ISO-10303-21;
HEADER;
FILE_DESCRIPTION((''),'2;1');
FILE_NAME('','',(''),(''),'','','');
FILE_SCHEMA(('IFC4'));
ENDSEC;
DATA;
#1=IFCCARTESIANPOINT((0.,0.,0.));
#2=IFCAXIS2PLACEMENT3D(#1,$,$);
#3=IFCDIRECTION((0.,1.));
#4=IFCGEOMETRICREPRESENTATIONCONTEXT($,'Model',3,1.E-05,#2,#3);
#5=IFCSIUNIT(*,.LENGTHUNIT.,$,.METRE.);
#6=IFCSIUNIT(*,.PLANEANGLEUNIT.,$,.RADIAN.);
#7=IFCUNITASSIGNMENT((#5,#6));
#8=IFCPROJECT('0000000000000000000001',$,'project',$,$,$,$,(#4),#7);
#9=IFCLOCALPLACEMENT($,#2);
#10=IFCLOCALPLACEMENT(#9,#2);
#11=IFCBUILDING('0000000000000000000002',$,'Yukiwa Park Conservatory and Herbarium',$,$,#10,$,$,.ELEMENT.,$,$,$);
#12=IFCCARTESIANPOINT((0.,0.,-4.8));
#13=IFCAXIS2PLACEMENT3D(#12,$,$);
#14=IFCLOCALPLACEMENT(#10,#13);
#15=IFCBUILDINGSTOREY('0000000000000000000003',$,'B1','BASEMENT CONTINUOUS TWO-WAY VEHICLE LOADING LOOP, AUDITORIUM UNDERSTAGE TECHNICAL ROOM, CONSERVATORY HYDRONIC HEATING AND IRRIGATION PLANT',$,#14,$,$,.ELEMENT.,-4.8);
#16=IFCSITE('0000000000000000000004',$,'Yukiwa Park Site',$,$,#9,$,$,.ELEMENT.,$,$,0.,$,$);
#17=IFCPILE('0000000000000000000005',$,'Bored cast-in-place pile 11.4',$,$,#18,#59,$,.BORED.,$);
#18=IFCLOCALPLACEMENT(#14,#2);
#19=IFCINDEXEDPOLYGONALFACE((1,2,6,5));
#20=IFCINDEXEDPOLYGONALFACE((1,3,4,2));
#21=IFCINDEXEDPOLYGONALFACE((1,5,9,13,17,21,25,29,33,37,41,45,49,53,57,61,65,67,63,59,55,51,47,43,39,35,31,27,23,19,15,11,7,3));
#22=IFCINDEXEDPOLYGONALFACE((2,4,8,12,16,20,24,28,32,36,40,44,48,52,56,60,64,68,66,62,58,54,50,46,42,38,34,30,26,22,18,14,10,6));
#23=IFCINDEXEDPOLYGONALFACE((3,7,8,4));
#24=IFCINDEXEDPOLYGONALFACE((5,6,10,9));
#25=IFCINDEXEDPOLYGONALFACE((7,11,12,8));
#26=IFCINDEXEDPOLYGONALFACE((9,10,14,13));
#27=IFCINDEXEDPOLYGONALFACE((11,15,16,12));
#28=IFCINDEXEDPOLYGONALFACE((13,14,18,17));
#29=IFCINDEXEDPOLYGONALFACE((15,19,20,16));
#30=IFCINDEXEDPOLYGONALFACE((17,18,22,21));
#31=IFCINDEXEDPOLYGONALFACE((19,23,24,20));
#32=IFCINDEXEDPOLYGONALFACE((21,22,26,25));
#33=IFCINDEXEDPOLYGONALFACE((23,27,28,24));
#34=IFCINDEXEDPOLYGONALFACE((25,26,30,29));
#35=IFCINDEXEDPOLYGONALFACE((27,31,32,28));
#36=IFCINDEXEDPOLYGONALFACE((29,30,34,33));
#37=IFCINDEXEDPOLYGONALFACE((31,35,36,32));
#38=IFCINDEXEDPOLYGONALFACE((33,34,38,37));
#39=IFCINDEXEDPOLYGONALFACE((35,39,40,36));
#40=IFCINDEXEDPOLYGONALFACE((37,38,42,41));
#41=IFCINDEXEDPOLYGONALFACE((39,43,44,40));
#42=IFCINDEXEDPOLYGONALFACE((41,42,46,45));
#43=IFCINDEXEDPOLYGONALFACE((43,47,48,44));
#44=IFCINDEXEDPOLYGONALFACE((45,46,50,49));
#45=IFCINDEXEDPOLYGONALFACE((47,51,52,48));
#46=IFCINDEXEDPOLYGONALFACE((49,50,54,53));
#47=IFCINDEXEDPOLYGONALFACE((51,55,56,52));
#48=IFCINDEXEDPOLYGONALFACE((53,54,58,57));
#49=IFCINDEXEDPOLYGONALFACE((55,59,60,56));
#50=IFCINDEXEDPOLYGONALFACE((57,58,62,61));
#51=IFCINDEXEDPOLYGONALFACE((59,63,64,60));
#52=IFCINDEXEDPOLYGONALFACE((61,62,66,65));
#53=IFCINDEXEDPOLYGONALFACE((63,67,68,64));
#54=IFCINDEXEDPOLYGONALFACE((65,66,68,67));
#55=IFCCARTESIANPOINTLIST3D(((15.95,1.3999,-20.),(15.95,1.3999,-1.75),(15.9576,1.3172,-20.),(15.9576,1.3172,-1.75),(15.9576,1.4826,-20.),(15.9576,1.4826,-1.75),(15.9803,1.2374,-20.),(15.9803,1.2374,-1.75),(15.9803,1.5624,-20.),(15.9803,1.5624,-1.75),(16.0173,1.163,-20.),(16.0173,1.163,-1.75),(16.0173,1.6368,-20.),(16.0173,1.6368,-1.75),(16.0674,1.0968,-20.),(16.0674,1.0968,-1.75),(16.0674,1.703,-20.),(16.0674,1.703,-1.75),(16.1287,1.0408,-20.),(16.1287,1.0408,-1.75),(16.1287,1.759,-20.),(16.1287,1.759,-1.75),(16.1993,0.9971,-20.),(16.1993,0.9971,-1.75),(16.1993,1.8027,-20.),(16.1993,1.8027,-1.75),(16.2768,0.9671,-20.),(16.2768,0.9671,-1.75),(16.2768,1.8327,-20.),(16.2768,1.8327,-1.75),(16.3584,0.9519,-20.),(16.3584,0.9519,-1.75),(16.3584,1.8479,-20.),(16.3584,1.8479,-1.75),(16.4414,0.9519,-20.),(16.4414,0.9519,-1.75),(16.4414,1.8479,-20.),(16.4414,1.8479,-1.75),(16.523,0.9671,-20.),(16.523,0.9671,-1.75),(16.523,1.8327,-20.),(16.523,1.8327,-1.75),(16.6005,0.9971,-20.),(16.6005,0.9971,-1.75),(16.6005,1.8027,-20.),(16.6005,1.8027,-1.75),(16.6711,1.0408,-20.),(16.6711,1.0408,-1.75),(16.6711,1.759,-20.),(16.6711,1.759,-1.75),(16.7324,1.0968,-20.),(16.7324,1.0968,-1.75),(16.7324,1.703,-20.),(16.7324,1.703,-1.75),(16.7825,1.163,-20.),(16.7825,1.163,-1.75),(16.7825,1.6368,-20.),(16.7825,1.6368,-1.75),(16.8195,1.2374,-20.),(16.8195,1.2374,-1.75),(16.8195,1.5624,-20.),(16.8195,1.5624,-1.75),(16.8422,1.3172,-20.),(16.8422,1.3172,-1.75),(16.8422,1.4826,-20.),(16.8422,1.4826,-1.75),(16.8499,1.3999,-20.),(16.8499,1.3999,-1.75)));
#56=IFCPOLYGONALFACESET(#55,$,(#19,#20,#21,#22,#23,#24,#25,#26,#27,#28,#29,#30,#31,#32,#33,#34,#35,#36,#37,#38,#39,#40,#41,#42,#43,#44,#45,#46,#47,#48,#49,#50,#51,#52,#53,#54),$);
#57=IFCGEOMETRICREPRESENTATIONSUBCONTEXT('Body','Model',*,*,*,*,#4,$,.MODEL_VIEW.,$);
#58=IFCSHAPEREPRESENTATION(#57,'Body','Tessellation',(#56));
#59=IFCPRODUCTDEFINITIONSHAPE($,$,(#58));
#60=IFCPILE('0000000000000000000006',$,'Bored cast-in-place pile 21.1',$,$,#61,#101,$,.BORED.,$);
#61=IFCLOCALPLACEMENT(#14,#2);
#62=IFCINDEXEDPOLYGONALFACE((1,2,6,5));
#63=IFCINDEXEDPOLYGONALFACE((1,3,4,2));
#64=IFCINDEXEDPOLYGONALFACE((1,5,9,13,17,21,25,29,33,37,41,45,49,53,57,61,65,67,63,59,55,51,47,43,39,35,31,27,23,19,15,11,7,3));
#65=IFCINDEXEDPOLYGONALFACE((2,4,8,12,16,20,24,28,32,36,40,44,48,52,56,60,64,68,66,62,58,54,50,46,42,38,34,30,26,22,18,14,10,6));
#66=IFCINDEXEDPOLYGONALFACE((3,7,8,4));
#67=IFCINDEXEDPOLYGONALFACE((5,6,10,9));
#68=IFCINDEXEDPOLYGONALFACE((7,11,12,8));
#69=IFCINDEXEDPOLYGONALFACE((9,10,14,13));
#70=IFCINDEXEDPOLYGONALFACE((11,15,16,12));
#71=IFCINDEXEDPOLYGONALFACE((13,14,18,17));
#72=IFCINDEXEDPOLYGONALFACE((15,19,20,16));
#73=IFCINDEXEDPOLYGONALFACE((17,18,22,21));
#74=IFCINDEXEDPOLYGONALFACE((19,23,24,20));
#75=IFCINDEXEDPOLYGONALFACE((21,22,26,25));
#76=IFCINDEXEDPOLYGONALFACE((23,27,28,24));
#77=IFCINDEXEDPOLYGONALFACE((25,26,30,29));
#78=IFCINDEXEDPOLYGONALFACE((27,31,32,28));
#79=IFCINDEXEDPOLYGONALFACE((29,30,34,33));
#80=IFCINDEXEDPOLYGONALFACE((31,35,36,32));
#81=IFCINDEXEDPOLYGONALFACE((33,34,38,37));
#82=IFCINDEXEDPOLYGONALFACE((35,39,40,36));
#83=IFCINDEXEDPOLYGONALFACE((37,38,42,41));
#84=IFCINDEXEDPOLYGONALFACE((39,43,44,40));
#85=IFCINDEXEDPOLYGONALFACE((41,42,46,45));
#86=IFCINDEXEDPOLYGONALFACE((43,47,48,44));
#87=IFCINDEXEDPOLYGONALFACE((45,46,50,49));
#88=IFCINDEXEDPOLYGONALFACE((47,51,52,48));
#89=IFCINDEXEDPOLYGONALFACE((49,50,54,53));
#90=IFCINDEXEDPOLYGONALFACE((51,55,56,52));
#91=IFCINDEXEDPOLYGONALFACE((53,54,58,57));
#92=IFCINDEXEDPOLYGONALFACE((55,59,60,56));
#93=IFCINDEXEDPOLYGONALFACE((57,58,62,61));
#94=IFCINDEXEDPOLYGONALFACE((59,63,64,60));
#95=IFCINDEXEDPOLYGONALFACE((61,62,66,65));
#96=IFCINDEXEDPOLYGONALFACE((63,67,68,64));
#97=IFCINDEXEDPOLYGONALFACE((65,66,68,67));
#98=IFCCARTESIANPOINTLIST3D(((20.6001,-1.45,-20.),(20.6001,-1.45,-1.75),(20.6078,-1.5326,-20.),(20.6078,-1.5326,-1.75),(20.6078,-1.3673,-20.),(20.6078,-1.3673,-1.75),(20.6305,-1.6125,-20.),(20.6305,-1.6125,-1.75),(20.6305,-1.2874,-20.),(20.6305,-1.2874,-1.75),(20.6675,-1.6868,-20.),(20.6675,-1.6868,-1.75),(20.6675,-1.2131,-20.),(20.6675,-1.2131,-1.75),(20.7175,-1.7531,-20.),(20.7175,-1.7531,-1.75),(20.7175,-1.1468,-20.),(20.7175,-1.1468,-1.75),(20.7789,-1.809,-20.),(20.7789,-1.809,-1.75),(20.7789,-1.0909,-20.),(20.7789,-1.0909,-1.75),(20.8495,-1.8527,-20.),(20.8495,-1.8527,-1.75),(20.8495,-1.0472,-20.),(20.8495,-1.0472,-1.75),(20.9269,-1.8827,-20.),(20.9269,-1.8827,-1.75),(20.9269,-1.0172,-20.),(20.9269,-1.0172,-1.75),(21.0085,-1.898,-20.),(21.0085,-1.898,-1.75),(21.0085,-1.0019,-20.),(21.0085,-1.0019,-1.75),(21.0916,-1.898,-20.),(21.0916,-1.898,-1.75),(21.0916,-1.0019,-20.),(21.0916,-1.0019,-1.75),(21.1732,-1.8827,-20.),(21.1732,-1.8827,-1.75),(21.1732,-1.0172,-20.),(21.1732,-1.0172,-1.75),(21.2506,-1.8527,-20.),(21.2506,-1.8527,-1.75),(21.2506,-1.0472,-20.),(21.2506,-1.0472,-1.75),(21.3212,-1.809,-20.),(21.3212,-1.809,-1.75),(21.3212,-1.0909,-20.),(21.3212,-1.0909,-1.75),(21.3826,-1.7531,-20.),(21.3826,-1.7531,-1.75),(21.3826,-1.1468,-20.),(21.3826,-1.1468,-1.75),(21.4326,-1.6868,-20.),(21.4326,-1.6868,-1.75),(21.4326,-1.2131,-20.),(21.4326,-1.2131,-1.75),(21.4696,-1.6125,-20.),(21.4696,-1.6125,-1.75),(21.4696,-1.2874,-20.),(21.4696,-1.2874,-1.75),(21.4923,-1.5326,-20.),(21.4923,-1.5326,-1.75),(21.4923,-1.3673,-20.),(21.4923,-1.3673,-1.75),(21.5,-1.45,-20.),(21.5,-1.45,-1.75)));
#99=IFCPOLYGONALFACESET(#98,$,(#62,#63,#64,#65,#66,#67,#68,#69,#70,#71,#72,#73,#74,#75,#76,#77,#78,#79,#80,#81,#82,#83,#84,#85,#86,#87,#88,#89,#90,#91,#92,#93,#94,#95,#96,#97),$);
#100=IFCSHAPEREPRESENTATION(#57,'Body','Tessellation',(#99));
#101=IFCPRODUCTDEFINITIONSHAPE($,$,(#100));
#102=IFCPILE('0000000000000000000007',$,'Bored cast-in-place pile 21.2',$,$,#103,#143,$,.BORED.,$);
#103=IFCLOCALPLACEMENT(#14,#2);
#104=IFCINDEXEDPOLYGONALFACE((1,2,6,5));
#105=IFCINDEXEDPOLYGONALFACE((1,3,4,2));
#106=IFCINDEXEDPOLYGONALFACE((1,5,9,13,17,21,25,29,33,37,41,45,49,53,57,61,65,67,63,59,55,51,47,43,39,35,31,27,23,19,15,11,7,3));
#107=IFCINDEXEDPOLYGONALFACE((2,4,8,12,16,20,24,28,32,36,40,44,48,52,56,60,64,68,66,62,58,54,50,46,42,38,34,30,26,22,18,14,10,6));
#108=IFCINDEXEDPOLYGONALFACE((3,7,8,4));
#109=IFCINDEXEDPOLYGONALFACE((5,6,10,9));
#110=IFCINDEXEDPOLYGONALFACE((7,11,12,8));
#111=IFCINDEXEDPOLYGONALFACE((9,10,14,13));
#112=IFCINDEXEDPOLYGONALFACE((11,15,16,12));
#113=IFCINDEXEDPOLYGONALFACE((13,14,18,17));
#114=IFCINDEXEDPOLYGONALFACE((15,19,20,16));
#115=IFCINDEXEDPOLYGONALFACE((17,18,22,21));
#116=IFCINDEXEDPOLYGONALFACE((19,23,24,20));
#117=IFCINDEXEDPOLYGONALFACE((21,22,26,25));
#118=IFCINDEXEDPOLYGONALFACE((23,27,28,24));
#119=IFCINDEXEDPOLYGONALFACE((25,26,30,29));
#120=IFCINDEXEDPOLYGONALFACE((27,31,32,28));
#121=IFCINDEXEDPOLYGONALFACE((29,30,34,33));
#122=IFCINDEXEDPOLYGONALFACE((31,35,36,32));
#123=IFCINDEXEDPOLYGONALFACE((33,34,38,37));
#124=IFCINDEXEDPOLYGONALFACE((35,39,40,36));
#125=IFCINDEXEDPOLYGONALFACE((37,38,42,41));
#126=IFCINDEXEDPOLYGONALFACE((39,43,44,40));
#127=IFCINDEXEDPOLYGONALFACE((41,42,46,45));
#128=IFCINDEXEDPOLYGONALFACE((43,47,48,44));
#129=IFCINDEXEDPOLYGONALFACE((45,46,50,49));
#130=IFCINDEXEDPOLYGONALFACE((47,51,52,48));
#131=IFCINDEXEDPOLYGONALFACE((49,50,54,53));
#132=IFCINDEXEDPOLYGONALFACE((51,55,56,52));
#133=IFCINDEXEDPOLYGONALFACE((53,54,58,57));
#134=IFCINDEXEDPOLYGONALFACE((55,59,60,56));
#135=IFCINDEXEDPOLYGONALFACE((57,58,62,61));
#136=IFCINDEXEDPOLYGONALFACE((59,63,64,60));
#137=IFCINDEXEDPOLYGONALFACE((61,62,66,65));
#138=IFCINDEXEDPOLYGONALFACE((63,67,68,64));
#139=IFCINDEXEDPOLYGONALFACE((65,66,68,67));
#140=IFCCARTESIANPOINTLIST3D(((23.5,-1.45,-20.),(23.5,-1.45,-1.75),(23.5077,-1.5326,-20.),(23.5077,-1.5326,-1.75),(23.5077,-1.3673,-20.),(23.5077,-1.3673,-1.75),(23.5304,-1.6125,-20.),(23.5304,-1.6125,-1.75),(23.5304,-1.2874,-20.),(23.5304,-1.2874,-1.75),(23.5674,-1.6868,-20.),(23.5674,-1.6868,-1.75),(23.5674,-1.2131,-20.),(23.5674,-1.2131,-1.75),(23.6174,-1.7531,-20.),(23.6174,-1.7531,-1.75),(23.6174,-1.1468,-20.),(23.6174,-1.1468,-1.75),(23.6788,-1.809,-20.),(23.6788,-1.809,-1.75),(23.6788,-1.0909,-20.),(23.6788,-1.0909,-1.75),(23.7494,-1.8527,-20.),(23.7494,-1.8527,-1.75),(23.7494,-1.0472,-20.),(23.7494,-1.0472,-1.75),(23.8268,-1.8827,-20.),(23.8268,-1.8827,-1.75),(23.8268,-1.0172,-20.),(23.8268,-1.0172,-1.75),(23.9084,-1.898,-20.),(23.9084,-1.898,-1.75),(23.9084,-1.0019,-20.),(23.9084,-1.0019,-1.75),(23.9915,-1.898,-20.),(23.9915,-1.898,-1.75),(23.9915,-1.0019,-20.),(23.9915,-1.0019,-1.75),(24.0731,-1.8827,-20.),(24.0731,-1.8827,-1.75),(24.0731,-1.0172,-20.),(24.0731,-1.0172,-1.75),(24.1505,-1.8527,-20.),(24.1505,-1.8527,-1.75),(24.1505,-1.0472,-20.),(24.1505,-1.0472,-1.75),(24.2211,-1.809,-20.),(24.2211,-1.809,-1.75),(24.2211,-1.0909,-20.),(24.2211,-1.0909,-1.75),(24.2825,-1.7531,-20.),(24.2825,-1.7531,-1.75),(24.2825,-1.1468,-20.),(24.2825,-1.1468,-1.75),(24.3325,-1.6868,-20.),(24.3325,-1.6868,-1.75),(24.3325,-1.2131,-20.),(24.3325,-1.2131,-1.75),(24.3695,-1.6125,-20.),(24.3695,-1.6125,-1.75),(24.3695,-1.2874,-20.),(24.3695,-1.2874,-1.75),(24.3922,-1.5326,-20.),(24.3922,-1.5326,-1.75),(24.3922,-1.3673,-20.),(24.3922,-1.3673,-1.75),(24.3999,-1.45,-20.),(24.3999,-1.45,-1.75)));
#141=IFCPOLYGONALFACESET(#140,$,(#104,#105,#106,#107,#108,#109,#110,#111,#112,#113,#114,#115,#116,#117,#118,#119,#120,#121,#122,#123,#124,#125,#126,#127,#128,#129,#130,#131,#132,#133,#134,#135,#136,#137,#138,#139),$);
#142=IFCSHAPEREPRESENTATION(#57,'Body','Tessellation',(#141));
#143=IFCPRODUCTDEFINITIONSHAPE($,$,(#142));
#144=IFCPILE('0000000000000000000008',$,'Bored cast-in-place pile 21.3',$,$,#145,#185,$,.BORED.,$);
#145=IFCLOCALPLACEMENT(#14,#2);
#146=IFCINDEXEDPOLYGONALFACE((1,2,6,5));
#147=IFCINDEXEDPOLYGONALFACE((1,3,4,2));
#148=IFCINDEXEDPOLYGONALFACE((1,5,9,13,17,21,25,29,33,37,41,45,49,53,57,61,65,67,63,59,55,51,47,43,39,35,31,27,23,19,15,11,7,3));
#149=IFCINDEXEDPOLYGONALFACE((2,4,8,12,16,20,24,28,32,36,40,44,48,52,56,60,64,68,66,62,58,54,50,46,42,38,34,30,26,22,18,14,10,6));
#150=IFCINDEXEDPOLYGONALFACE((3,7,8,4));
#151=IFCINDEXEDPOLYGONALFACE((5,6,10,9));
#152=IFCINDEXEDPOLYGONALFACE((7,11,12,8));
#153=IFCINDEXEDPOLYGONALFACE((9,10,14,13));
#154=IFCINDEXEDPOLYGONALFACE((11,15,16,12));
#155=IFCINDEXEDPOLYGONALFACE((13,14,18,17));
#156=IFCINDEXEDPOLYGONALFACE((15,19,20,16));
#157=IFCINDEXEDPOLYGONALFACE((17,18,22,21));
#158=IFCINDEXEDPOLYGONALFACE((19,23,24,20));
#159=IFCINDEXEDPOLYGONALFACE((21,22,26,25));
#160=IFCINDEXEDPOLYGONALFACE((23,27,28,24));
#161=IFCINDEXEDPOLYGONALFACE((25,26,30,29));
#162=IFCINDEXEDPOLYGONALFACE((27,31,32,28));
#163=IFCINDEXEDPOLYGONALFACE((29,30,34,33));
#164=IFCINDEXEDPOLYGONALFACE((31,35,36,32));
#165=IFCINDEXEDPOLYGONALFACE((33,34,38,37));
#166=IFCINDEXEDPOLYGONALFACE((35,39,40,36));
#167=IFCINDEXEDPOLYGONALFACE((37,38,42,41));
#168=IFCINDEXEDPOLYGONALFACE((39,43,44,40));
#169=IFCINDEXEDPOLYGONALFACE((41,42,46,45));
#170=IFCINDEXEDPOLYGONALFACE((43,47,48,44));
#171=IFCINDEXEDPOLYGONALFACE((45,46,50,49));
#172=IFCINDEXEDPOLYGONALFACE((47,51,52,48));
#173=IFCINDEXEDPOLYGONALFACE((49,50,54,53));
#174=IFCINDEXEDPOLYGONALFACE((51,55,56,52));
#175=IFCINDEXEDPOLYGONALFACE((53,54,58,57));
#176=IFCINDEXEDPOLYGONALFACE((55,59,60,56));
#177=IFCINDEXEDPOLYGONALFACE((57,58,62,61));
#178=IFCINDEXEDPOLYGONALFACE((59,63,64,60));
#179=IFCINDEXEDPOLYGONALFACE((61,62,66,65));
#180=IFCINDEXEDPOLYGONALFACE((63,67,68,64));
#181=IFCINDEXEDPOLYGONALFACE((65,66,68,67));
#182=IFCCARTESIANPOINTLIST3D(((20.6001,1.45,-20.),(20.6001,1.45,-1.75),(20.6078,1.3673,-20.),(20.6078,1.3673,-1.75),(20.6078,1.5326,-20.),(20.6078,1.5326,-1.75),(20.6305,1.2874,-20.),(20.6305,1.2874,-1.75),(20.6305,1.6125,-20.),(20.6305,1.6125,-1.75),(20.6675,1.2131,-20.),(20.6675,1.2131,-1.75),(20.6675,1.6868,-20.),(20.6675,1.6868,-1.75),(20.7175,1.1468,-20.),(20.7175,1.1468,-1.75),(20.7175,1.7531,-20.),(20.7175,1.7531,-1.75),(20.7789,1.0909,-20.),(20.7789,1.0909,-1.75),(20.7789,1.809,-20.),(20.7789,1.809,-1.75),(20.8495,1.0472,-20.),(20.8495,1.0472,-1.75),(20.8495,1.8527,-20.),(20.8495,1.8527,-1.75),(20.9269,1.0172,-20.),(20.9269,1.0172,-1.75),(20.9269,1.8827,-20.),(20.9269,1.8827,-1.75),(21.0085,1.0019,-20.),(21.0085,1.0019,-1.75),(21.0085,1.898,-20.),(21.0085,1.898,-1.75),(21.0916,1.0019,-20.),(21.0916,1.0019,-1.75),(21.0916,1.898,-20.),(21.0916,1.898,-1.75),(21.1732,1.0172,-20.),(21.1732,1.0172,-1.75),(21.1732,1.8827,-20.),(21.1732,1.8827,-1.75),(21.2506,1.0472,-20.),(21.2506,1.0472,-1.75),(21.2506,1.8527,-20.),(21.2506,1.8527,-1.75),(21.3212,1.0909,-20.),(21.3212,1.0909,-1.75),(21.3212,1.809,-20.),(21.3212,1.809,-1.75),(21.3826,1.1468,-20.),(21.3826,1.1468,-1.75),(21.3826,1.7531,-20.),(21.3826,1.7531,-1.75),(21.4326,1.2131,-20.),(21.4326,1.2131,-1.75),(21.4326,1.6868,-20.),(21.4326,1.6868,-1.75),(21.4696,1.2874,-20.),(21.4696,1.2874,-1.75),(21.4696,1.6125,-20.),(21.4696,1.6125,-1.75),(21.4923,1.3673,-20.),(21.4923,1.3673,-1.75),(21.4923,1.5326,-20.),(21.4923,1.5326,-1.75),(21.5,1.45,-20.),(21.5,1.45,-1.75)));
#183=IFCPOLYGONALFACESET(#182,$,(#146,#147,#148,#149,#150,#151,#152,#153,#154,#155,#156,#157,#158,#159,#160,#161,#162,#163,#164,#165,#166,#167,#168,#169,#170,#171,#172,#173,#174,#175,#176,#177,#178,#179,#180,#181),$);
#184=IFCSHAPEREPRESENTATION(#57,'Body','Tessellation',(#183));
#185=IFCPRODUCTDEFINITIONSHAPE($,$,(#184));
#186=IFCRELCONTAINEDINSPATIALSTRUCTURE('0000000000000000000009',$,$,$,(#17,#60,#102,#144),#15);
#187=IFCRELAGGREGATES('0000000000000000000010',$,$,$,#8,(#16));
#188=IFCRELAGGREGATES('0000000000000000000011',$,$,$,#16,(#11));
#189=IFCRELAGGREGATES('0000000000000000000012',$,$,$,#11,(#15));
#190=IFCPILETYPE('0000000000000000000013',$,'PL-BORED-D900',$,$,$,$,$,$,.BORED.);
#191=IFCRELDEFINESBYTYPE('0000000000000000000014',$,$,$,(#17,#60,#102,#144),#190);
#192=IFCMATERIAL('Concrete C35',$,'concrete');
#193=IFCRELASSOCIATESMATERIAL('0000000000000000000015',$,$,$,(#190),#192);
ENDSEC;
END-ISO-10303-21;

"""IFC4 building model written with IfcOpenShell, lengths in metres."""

from ifc_helpers import new_model, si_unit, direction, frame, origin, origin_2d, place, context, subcontext, project, spatial, circle, extrude, material, material_profile, profile_set, type_object, element, save


model = new_model("IFC4")

# Units and contexts
model_context = context("Model", 3, precision=1e-05, world=origin(), true_north=direction((0.0, 1.0)))
body_context = subcontext(model_context, "Body", "Model", "MODEL_VIEW")
ifc_project = project(units=[si_unit("LENGTHUNIT", "METRE"), si_unit("PLANEANGLEUNIT", "RADIAN")], contexts=[model_context])

# Site, building, storey
site_placement = place(None, origin())
site = spatial("IfcSite", under=ifc_project, at=site_placement, Name="Yukiwa Park Site", CompositionType="ELEMENT", RefElevation=0.0)
building_placement = place(site_placement, origin())
building = spatial("IfcBuilding", under=site, at=building_placement, Name="Yukiwa Park Conservatory and Herbarium", CompositionType="ELEMENT")
storey_placement = place(building_placement, frame((0.0, 0.0, -4.8)))
storey = spatial("IfcBuildingStorey", under=building, at=storey_placement, Name="B1", Description="BASEMENT CONTINUOUS TWO-WAY VEHICLE LOADING LOOP, AUDITORIUM UNDERSTAGE TECHNICAL ROOM, CONSERVATORY HYDRONIC HEATING AND IRRIGATION PLANT", CompositionType="ELEMENT", Elevation=-4.8)

# Piles
ifc_material_1 = material(Name="Concrete C35", Category="concrete")
ifc_material_profile_1 = material_profile(ifc_material_1, circle(Radius=0.45, at=origin_2d()), Name="PILE D900")
ifc_profile_set_1 = profile_set([ifc_material_profile_1], Name="Concrete C35")
pile_type_1 = type_object("IfcPileType", Name="PL-BORED-D900", PredefinedType="BORED", material=ifc_profile_set_1)
for number, where, z_axis, x_axis, name in (
    (1, (16.3999, 1.3999, -1.75), (0.0, 0.0, -1.0), (1.0, 0.0, 0.0), "Bored cast-in-place pile 11.4"),
    (2, (21.05, -1.45, -1.75), (0.0, 0.0, -1.0), (1.0, 0.0, 0.0), "Bored cast-in-place pile 21.1"),
    (3, (23.95, -1.45, -1.75), (0.0, 0.0, -1.0), (1.0, 0.0, 0.0), "Bored cast-in-place pile 21.2"),
    (4, (21.05, 1.45, -1.75), (0.0, 0.0, -1.0), (1.0, 0.0, 0.0), "Bored cast-in-place pile 21.3"),
):
    element("IfcPile", number, at=place(storey_placement, frame(where, z_axis=z_axis, x_axis=x_axis)), inside=storey, type_object=pile_type_1, Name=name, PredefinedType="BORED", context=body_context, shape_type="SweptSolid", body=[
        extrude(circle(Radius=0.45, at=origin_2d()), origin(), (0.0, 0.0, 1.0), 18.25),
    ])

save(model, "model.ifc")
